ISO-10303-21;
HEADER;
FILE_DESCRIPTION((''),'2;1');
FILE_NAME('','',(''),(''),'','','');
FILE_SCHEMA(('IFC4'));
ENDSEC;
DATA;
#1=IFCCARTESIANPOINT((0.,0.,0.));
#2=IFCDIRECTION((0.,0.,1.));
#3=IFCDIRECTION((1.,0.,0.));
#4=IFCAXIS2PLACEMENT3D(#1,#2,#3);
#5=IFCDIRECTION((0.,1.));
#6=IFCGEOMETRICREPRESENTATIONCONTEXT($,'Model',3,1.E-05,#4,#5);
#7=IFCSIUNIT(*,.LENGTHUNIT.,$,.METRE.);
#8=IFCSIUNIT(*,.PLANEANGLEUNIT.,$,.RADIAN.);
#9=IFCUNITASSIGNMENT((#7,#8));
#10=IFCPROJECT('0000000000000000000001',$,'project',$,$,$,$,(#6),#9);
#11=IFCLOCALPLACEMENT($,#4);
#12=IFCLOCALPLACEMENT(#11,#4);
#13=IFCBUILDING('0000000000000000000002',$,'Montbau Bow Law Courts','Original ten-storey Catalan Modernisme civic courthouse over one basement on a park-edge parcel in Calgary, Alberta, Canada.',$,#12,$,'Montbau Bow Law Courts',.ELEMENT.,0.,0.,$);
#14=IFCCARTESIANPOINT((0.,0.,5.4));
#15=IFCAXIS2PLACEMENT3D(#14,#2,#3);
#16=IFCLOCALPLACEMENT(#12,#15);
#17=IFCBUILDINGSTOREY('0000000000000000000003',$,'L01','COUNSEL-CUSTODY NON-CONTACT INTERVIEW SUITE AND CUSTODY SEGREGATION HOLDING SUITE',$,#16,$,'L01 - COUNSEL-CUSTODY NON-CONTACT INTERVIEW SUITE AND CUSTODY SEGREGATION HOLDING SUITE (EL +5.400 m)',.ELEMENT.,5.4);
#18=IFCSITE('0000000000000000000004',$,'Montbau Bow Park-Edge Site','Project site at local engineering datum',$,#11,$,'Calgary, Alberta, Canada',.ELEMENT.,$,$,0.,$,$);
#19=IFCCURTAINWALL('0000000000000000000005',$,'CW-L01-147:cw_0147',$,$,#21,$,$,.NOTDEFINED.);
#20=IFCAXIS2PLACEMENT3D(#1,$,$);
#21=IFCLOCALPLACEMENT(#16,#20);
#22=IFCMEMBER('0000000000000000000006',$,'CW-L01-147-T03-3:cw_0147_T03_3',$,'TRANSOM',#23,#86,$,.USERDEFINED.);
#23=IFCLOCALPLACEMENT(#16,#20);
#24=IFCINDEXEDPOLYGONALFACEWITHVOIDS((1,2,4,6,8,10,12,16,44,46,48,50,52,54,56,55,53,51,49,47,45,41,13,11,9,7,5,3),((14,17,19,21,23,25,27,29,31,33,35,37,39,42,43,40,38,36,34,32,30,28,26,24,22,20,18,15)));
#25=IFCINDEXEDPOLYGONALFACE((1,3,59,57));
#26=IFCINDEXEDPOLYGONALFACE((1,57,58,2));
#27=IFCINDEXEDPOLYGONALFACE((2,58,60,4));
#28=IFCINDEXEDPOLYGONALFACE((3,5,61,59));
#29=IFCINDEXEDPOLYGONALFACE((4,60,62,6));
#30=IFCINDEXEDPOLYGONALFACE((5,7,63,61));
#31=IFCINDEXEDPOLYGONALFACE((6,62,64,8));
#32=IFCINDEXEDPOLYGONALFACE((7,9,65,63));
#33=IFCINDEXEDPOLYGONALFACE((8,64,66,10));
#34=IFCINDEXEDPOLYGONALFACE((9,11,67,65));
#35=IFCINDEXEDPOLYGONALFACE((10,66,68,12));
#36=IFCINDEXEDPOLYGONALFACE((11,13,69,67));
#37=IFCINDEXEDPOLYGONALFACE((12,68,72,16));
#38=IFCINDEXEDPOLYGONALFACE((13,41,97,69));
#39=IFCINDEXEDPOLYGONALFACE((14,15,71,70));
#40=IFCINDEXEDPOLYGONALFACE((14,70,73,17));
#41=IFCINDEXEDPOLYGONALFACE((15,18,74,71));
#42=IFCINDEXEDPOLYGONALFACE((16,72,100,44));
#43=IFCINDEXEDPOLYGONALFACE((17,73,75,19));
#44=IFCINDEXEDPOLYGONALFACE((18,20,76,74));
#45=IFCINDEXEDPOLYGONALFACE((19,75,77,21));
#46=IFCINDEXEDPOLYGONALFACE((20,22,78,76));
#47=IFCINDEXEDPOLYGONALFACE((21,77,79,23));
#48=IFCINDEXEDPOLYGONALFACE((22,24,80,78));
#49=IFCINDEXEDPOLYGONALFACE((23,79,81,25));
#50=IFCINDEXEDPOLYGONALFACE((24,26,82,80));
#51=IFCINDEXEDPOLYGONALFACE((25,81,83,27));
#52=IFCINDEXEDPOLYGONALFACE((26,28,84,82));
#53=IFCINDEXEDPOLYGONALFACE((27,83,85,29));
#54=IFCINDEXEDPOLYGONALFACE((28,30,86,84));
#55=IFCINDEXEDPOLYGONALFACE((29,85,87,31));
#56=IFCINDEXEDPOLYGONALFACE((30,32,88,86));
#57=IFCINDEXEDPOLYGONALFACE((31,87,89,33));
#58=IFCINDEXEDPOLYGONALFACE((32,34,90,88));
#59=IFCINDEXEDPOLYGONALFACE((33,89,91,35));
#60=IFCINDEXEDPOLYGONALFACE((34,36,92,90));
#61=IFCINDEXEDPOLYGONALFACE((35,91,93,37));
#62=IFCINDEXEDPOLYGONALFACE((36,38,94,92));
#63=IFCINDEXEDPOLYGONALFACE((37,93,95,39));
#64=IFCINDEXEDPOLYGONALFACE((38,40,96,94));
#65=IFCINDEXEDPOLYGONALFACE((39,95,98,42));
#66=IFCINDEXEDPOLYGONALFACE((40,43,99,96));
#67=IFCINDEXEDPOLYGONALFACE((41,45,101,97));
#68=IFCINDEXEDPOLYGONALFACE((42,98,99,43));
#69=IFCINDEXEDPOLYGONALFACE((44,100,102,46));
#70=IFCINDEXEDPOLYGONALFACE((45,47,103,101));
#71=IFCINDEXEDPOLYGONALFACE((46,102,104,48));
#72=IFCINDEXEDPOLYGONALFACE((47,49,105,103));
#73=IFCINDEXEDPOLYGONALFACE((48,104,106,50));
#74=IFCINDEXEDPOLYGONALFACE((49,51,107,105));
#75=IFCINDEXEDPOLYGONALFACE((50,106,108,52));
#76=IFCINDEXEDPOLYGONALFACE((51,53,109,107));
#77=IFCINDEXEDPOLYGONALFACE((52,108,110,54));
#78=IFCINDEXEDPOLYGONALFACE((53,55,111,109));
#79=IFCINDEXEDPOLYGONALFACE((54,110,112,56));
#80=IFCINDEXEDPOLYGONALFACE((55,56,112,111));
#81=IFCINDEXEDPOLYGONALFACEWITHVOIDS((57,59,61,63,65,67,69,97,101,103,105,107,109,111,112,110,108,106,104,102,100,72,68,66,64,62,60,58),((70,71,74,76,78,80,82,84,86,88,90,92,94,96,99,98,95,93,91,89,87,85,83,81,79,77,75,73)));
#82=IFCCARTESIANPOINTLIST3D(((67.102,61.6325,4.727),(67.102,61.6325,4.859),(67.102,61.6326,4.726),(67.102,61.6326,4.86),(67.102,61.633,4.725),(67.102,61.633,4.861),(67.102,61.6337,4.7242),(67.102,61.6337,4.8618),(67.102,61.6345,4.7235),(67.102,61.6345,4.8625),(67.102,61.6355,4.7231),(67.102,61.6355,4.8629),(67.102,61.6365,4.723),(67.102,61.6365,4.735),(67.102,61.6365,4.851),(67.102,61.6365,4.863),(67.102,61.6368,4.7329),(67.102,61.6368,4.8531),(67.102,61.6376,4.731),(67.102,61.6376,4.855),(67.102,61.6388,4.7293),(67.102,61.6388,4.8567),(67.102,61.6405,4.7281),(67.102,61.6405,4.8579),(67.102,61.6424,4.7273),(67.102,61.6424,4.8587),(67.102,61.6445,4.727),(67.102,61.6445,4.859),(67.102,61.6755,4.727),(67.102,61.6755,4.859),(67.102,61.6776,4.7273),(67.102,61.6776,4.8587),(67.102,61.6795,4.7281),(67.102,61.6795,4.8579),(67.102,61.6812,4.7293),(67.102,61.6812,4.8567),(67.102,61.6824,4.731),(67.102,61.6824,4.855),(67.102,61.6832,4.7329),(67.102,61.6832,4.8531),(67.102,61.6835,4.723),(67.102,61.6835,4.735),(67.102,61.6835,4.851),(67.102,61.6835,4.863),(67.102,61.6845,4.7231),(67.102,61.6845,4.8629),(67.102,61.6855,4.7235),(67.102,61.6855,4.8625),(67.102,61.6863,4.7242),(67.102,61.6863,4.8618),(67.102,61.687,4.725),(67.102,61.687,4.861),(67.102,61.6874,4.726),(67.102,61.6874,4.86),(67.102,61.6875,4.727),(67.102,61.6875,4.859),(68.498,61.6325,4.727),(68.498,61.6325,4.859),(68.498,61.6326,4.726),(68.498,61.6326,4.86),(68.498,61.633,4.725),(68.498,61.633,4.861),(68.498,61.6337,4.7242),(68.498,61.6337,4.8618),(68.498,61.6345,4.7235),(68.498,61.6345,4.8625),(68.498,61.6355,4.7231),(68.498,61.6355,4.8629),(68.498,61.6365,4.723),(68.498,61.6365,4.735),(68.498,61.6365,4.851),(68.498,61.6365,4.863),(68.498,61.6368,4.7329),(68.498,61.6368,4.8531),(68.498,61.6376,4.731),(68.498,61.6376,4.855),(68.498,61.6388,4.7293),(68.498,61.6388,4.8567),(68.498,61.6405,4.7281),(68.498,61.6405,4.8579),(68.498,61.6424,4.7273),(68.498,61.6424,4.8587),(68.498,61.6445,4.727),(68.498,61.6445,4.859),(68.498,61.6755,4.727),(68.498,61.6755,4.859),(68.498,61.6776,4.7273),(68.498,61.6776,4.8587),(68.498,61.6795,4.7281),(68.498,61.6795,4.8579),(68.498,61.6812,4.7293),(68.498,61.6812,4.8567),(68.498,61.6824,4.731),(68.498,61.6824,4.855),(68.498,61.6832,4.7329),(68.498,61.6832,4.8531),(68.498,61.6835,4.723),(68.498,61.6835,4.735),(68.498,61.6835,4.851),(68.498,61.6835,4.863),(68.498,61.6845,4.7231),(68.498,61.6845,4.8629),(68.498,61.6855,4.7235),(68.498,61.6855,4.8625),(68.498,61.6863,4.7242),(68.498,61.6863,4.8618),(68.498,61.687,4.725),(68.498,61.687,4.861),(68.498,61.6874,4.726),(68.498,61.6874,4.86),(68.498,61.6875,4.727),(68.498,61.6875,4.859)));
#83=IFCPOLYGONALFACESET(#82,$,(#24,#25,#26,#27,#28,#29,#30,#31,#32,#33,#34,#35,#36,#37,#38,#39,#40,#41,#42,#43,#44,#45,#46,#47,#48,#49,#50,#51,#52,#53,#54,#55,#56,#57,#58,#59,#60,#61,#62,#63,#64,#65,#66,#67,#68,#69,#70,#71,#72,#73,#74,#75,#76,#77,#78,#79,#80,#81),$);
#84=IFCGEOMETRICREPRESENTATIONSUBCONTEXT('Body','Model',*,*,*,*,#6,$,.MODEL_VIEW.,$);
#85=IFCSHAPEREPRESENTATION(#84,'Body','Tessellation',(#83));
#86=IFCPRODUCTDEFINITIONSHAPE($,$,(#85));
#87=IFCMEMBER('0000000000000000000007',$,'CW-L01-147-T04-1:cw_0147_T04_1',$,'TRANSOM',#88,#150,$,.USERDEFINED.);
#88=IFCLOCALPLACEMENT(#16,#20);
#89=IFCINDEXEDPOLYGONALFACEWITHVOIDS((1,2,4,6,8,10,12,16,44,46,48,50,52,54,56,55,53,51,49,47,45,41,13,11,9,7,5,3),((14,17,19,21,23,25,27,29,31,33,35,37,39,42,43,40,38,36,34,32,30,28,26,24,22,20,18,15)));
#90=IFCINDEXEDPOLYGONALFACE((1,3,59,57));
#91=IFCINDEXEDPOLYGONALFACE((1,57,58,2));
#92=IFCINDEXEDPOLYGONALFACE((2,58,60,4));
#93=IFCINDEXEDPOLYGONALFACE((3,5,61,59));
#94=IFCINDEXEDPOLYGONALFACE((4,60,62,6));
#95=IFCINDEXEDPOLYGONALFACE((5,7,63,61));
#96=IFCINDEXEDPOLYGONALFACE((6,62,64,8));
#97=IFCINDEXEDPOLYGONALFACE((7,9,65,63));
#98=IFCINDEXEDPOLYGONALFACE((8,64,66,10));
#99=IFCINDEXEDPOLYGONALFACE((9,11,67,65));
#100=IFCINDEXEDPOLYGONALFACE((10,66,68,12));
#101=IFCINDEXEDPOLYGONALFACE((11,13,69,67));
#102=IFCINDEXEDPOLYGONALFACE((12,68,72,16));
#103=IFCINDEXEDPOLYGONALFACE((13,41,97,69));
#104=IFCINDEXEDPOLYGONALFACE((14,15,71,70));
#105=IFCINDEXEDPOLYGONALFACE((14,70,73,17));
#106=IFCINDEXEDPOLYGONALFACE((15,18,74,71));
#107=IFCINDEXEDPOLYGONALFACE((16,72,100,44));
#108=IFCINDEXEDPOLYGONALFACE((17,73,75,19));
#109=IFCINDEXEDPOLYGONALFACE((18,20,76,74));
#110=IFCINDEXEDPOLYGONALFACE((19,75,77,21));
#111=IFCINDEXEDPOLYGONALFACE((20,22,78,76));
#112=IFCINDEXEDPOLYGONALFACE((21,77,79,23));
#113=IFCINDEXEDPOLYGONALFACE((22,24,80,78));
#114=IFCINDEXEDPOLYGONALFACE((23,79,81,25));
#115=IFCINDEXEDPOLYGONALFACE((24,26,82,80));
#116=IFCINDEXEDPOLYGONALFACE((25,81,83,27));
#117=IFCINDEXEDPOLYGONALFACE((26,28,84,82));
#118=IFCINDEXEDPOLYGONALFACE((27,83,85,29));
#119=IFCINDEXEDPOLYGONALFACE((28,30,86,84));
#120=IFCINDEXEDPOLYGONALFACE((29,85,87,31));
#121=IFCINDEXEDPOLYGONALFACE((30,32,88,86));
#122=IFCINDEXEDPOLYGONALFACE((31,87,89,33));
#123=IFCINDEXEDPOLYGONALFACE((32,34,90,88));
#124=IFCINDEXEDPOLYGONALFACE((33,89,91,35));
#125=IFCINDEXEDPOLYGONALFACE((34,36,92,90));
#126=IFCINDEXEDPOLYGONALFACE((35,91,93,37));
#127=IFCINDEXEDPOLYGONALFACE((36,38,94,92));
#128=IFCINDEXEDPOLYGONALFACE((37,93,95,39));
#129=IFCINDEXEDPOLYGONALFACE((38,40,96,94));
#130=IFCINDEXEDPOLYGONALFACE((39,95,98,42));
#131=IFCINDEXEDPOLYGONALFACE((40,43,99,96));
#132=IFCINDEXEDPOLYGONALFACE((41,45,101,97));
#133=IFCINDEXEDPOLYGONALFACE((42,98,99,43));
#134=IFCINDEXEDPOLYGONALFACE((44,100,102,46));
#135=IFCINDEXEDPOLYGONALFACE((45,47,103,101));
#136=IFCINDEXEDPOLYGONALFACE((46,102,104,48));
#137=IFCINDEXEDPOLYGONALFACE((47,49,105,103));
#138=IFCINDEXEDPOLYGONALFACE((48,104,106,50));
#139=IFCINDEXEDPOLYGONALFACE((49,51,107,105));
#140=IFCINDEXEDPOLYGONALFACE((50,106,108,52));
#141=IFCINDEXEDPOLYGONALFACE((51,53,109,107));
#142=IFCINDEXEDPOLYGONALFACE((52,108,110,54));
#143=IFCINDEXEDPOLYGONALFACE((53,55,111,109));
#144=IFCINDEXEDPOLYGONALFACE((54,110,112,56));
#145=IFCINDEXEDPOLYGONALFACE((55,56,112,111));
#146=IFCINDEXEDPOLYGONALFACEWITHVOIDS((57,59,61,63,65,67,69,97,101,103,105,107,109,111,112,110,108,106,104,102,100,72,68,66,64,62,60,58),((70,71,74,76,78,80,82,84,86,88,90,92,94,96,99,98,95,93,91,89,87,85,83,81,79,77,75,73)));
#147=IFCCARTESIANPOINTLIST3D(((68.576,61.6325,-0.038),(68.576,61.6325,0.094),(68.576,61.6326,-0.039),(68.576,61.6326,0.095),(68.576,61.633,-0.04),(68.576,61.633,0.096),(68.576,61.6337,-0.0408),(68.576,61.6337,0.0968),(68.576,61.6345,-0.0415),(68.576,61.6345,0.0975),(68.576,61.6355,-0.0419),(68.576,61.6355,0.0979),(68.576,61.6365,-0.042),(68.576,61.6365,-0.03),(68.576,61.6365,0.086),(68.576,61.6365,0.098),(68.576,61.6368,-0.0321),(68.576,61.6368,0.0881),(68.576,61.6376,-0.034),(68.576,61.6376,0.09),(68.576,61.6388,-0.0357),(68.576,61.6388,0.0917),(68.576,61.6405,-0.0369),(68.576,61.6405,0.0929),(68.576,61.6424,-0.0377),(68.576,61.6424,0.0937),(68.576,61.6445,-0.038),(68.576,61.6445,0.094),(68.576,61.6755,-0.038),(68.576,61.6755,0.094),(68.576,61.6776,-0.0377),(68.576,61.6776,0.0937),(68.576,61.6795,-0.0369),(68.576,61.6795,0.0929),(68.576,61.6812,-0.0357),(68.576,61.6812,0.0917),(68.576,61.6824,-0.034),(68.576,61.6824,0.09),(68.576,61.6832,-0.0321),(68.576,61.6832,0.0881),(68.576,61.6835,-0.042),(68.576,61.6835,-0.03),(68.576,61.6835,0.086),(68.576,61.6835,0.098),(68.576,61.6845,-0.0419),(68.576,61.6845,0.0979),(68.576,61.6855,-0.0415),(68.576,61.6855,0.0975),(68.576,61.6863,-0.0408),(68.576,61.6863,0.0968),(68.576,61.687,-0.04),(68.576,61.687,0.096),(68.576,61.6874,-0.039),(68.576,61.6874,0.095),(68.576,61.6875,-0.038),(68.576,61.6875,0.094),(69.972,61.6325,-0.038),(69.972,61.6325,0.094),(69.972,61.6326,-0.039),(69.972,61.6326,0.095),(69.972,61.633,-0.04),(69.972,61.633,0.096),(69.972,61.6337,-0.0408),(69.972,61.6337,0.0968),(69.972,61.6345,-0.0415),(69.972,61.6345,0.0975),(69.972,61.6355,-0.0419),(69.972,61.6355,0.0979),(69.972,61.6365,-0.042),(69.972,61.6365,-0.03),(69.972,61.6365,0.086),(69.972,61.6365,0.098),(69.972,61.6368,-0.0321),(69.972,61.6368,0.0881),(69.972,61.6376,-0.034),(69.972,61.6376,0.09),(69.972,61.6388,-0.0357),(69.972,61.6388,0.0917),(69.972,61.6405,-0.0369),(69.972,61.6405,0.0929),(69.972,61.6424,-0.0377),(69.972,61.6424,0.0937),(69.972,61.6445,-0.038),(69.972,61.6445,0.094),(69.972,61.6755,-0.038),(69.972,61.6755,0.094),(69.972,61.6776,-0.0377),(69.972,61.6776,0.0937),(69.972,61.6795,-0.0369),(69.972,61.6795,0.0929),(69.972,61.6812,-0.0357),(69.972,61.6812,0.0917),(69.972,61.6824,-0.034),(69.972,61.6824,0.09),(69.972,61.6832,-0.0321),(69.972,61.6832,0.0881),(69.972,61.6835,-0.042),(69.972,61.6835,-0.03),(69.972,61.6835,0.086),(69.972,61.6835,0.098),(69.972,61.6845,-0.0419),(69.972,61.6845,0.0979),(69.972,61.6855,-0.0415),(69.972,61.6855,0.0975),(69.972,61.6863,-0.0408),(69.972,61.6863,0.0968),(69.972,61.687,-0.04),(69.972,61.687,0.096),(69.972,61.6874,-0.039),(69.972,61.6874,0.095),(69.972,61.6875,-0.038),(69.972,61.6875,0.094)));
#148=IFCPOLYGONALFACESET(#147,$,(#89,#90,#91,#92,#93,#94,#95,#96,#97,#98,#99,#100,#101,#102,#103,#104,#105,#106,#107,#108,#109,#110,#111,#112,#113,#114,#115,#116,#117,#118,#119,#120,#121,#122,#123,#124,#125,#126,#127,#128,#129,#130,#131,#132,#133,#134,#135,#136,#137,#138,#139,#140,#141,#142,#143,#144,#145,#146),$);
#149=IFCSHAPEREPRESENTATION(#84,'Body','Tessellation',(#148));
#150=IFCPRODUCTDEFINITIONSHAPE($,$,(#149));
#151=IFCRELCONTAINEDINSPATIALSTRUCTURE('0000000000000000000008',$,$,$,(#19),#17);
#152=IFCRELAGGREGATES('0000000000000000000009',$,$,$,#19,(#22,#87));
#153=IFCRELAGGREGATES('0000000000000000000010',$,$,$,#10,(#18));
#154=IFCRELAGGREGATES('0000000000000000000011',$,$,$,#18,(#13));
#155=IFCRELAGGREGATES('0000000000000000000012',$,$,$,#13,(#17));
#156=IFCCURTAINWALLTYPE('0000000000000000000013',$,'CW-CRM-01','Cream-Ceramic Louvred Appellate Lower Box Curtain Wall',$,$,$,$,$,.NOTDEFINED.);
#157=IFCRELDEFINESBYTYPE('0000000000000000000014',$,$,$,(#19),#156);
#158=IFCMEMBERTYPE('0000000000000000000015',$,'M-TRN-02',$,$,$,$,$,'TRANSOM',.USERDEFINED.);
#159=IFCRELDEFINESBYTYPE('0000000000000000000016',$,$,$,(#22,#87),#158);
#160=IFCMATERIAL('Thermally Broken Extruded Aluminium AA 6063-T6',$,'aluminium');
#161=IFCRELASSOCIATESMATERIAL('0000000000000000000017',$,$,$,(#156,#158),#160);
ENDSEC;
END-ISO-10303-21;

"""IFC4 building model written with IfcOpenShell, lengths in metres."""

from ifc_helpers import new_model, si_unit, direction, frame, origin_with_axes, origin_2d_with_axis, place, context, subcontext, project, spatial, hollow_rectangle, extrude, material, material_profile, profile_set, type_object, element, aggregate, save


model = new_model("IFC4")

# Units and contexts
model_context = context("Model", 3, precision=1e-05, world=origin_with_axes(), true_north=direction((0.0, 1.0)))
body_context = subcontext(model_context, "Body", "Model", "MODEL_VIEW")
ifc_project = project(units=[si_unit("LENGTHUNIT", "METRE"), si_unit("PLANEANGLEUNIT", "RADIAN")], contexts=[model_context])

# Site, building, storey
site_placement = place(None, origin_with_axes())
site = spatial("IfcSite", under=ifc_project, at=site_placement, Name="Montbau Bow Park-Edge Site", Description="Project site at local engineering datum", LongName="Calgary, Alberta, Canada", CompositionType="ELEMENT", RefElevation=0.0)
building_placement = place(site_placement, origin_with_axes())
building = spatial("IfcBuilding", under=site, at=building_placement, Name="Montbau Bow Law Courts", Description="Original ten-storey Catalan Modernisme civic courthouse over one basement on a park-edge parcel in Calgary, Alberta, Canada.", LongName="Montbau Bow Law Courts", CompositionType="ELEMENT", ElevationOfRefHeight=0.0, ElevationOfTerrain=0.0)
storey_placement = place(building_placement, frame((0.0, 0.0, 5.4), z_axis=(0.0, 0.0, 1.0), x_axis=(1.0, 0.0, 0.0)))
storey = spatial("IfcBuildingStorey", under=building, at=storey_placement, Name="L01", Description="COUNSEL-CUSTODY NON-CONTACT INTERVIEW SUITE AND CUSTODY SEGREGATION HOLDING SUITE", LongName="L01 - COUNSEL-CUSTODY NON-CONTACT INTERVIEW SUITE AND CUSTODY SEGREGATION HOLDING SUITE (EL +5.400 m)", CompositionType="ELEMENT", Elevation=5.4)

# Curtain wall
ifc_material_1 = material(Name="Thermally Broken Extruded Aluminium AA 6063-T6", Category="aluminium")
curtain_wall_type = type_object("IfcCurtainWallType", Name="CW-CRM-01", Description="Cream-Ceramic Louvred Appellate Lower Box Curtain Wall", PredefinedType="NOTDEFINED", material=ifc_material_1)
curtain_wall_1_placement = place(None, frame((64.115, 61.66, 5.4), z_axis=(0.0, 0.0, 1.0), x_axis=(1.0, 0.0, 0.0)))
curtain_wall_1 = element("IfcCurtainWall", 1, at=curtain_wall_1_placement, inside=storey, type_object=curtain_wall_type, Name="CW-L01-147:cw_0147", PredefinedType="NOTDEFINED")

# Members
ifc_material_profile_1 = material_profile(ifc_material_1, hollow_rectangle(XDim=0.055, YDim=0.14, WallThickness=0.004, InnerFilletRadius=0.008, OuterFilletRadius=0.004, at=origin_2d_with_axis()), Name="CWT-140X55", Category="Main", Priority=0)
ifc_profile_set_1 = profile_set([ifc_material_profile_1], Name="Thermally Broken Extruded Aluminium AA 6063-T6")
member_type_1 = type_object("IfcMemberType", Name="M-TRN-02", ElementType="TRANSOM", PredefinedType="USERDEFINED", material=ifc_profile_set_1)
member_1_placement = place(None, frame((67.102, 61.66, 10.193), z_axis=(1.0, 0.0, 0.0), x_axis=(0.0, 1.0, 0.0)))
member_1 = element("IfcMember", 2, at=member_1_placement, type_object=member_type_1, Name="CW-L01-147-T03-3:cw_0147_T03_3", ObjectType="TRANSOM", PredefinedType="USERDEFINED", context=body_context, shape_type="SweptSolid", body=[
    extrude(hollow_rectangle(XDim=0.055, YDim=0.14, WallThickness=0.004, InnerFilletRadius=0.008, OuterFilletRadius=0.004, at=origin_2d_with_axis()), origin_with_axes(), (0.0, 0.0, 1.0), 1.396),
])
member_2_placement = place(None, frame((68.576, 61.66, 5.428), z_axis=(1.0, 0.0, 0.0), x_axis=(0.0, 1.0, 0.0)))
member_2 = element("IfcMember", 3, at=member_2_placement, type_object=member_type_1, Name="CW-L01-147-T04-1:cw_0147_T04_1", ObjectType="TRANSOM", PredefinedType="USERDEFINED", context=body_context, shape_type="SweptSolid", body=[
    extrude(hollow_rectangle(XDim=0.055, YDim=0.14, WallThickness=0.004, InnerFilletRadius=0.008, OuterFilletRadius=0.004, at=origin_2d_with_axis()), origin_with_axes(), (0.0, 0.0, 1.0), 1.396),
])

aggregate(curtain_wall_1, [member_1, member_2])

save(model, "model.ifc")
